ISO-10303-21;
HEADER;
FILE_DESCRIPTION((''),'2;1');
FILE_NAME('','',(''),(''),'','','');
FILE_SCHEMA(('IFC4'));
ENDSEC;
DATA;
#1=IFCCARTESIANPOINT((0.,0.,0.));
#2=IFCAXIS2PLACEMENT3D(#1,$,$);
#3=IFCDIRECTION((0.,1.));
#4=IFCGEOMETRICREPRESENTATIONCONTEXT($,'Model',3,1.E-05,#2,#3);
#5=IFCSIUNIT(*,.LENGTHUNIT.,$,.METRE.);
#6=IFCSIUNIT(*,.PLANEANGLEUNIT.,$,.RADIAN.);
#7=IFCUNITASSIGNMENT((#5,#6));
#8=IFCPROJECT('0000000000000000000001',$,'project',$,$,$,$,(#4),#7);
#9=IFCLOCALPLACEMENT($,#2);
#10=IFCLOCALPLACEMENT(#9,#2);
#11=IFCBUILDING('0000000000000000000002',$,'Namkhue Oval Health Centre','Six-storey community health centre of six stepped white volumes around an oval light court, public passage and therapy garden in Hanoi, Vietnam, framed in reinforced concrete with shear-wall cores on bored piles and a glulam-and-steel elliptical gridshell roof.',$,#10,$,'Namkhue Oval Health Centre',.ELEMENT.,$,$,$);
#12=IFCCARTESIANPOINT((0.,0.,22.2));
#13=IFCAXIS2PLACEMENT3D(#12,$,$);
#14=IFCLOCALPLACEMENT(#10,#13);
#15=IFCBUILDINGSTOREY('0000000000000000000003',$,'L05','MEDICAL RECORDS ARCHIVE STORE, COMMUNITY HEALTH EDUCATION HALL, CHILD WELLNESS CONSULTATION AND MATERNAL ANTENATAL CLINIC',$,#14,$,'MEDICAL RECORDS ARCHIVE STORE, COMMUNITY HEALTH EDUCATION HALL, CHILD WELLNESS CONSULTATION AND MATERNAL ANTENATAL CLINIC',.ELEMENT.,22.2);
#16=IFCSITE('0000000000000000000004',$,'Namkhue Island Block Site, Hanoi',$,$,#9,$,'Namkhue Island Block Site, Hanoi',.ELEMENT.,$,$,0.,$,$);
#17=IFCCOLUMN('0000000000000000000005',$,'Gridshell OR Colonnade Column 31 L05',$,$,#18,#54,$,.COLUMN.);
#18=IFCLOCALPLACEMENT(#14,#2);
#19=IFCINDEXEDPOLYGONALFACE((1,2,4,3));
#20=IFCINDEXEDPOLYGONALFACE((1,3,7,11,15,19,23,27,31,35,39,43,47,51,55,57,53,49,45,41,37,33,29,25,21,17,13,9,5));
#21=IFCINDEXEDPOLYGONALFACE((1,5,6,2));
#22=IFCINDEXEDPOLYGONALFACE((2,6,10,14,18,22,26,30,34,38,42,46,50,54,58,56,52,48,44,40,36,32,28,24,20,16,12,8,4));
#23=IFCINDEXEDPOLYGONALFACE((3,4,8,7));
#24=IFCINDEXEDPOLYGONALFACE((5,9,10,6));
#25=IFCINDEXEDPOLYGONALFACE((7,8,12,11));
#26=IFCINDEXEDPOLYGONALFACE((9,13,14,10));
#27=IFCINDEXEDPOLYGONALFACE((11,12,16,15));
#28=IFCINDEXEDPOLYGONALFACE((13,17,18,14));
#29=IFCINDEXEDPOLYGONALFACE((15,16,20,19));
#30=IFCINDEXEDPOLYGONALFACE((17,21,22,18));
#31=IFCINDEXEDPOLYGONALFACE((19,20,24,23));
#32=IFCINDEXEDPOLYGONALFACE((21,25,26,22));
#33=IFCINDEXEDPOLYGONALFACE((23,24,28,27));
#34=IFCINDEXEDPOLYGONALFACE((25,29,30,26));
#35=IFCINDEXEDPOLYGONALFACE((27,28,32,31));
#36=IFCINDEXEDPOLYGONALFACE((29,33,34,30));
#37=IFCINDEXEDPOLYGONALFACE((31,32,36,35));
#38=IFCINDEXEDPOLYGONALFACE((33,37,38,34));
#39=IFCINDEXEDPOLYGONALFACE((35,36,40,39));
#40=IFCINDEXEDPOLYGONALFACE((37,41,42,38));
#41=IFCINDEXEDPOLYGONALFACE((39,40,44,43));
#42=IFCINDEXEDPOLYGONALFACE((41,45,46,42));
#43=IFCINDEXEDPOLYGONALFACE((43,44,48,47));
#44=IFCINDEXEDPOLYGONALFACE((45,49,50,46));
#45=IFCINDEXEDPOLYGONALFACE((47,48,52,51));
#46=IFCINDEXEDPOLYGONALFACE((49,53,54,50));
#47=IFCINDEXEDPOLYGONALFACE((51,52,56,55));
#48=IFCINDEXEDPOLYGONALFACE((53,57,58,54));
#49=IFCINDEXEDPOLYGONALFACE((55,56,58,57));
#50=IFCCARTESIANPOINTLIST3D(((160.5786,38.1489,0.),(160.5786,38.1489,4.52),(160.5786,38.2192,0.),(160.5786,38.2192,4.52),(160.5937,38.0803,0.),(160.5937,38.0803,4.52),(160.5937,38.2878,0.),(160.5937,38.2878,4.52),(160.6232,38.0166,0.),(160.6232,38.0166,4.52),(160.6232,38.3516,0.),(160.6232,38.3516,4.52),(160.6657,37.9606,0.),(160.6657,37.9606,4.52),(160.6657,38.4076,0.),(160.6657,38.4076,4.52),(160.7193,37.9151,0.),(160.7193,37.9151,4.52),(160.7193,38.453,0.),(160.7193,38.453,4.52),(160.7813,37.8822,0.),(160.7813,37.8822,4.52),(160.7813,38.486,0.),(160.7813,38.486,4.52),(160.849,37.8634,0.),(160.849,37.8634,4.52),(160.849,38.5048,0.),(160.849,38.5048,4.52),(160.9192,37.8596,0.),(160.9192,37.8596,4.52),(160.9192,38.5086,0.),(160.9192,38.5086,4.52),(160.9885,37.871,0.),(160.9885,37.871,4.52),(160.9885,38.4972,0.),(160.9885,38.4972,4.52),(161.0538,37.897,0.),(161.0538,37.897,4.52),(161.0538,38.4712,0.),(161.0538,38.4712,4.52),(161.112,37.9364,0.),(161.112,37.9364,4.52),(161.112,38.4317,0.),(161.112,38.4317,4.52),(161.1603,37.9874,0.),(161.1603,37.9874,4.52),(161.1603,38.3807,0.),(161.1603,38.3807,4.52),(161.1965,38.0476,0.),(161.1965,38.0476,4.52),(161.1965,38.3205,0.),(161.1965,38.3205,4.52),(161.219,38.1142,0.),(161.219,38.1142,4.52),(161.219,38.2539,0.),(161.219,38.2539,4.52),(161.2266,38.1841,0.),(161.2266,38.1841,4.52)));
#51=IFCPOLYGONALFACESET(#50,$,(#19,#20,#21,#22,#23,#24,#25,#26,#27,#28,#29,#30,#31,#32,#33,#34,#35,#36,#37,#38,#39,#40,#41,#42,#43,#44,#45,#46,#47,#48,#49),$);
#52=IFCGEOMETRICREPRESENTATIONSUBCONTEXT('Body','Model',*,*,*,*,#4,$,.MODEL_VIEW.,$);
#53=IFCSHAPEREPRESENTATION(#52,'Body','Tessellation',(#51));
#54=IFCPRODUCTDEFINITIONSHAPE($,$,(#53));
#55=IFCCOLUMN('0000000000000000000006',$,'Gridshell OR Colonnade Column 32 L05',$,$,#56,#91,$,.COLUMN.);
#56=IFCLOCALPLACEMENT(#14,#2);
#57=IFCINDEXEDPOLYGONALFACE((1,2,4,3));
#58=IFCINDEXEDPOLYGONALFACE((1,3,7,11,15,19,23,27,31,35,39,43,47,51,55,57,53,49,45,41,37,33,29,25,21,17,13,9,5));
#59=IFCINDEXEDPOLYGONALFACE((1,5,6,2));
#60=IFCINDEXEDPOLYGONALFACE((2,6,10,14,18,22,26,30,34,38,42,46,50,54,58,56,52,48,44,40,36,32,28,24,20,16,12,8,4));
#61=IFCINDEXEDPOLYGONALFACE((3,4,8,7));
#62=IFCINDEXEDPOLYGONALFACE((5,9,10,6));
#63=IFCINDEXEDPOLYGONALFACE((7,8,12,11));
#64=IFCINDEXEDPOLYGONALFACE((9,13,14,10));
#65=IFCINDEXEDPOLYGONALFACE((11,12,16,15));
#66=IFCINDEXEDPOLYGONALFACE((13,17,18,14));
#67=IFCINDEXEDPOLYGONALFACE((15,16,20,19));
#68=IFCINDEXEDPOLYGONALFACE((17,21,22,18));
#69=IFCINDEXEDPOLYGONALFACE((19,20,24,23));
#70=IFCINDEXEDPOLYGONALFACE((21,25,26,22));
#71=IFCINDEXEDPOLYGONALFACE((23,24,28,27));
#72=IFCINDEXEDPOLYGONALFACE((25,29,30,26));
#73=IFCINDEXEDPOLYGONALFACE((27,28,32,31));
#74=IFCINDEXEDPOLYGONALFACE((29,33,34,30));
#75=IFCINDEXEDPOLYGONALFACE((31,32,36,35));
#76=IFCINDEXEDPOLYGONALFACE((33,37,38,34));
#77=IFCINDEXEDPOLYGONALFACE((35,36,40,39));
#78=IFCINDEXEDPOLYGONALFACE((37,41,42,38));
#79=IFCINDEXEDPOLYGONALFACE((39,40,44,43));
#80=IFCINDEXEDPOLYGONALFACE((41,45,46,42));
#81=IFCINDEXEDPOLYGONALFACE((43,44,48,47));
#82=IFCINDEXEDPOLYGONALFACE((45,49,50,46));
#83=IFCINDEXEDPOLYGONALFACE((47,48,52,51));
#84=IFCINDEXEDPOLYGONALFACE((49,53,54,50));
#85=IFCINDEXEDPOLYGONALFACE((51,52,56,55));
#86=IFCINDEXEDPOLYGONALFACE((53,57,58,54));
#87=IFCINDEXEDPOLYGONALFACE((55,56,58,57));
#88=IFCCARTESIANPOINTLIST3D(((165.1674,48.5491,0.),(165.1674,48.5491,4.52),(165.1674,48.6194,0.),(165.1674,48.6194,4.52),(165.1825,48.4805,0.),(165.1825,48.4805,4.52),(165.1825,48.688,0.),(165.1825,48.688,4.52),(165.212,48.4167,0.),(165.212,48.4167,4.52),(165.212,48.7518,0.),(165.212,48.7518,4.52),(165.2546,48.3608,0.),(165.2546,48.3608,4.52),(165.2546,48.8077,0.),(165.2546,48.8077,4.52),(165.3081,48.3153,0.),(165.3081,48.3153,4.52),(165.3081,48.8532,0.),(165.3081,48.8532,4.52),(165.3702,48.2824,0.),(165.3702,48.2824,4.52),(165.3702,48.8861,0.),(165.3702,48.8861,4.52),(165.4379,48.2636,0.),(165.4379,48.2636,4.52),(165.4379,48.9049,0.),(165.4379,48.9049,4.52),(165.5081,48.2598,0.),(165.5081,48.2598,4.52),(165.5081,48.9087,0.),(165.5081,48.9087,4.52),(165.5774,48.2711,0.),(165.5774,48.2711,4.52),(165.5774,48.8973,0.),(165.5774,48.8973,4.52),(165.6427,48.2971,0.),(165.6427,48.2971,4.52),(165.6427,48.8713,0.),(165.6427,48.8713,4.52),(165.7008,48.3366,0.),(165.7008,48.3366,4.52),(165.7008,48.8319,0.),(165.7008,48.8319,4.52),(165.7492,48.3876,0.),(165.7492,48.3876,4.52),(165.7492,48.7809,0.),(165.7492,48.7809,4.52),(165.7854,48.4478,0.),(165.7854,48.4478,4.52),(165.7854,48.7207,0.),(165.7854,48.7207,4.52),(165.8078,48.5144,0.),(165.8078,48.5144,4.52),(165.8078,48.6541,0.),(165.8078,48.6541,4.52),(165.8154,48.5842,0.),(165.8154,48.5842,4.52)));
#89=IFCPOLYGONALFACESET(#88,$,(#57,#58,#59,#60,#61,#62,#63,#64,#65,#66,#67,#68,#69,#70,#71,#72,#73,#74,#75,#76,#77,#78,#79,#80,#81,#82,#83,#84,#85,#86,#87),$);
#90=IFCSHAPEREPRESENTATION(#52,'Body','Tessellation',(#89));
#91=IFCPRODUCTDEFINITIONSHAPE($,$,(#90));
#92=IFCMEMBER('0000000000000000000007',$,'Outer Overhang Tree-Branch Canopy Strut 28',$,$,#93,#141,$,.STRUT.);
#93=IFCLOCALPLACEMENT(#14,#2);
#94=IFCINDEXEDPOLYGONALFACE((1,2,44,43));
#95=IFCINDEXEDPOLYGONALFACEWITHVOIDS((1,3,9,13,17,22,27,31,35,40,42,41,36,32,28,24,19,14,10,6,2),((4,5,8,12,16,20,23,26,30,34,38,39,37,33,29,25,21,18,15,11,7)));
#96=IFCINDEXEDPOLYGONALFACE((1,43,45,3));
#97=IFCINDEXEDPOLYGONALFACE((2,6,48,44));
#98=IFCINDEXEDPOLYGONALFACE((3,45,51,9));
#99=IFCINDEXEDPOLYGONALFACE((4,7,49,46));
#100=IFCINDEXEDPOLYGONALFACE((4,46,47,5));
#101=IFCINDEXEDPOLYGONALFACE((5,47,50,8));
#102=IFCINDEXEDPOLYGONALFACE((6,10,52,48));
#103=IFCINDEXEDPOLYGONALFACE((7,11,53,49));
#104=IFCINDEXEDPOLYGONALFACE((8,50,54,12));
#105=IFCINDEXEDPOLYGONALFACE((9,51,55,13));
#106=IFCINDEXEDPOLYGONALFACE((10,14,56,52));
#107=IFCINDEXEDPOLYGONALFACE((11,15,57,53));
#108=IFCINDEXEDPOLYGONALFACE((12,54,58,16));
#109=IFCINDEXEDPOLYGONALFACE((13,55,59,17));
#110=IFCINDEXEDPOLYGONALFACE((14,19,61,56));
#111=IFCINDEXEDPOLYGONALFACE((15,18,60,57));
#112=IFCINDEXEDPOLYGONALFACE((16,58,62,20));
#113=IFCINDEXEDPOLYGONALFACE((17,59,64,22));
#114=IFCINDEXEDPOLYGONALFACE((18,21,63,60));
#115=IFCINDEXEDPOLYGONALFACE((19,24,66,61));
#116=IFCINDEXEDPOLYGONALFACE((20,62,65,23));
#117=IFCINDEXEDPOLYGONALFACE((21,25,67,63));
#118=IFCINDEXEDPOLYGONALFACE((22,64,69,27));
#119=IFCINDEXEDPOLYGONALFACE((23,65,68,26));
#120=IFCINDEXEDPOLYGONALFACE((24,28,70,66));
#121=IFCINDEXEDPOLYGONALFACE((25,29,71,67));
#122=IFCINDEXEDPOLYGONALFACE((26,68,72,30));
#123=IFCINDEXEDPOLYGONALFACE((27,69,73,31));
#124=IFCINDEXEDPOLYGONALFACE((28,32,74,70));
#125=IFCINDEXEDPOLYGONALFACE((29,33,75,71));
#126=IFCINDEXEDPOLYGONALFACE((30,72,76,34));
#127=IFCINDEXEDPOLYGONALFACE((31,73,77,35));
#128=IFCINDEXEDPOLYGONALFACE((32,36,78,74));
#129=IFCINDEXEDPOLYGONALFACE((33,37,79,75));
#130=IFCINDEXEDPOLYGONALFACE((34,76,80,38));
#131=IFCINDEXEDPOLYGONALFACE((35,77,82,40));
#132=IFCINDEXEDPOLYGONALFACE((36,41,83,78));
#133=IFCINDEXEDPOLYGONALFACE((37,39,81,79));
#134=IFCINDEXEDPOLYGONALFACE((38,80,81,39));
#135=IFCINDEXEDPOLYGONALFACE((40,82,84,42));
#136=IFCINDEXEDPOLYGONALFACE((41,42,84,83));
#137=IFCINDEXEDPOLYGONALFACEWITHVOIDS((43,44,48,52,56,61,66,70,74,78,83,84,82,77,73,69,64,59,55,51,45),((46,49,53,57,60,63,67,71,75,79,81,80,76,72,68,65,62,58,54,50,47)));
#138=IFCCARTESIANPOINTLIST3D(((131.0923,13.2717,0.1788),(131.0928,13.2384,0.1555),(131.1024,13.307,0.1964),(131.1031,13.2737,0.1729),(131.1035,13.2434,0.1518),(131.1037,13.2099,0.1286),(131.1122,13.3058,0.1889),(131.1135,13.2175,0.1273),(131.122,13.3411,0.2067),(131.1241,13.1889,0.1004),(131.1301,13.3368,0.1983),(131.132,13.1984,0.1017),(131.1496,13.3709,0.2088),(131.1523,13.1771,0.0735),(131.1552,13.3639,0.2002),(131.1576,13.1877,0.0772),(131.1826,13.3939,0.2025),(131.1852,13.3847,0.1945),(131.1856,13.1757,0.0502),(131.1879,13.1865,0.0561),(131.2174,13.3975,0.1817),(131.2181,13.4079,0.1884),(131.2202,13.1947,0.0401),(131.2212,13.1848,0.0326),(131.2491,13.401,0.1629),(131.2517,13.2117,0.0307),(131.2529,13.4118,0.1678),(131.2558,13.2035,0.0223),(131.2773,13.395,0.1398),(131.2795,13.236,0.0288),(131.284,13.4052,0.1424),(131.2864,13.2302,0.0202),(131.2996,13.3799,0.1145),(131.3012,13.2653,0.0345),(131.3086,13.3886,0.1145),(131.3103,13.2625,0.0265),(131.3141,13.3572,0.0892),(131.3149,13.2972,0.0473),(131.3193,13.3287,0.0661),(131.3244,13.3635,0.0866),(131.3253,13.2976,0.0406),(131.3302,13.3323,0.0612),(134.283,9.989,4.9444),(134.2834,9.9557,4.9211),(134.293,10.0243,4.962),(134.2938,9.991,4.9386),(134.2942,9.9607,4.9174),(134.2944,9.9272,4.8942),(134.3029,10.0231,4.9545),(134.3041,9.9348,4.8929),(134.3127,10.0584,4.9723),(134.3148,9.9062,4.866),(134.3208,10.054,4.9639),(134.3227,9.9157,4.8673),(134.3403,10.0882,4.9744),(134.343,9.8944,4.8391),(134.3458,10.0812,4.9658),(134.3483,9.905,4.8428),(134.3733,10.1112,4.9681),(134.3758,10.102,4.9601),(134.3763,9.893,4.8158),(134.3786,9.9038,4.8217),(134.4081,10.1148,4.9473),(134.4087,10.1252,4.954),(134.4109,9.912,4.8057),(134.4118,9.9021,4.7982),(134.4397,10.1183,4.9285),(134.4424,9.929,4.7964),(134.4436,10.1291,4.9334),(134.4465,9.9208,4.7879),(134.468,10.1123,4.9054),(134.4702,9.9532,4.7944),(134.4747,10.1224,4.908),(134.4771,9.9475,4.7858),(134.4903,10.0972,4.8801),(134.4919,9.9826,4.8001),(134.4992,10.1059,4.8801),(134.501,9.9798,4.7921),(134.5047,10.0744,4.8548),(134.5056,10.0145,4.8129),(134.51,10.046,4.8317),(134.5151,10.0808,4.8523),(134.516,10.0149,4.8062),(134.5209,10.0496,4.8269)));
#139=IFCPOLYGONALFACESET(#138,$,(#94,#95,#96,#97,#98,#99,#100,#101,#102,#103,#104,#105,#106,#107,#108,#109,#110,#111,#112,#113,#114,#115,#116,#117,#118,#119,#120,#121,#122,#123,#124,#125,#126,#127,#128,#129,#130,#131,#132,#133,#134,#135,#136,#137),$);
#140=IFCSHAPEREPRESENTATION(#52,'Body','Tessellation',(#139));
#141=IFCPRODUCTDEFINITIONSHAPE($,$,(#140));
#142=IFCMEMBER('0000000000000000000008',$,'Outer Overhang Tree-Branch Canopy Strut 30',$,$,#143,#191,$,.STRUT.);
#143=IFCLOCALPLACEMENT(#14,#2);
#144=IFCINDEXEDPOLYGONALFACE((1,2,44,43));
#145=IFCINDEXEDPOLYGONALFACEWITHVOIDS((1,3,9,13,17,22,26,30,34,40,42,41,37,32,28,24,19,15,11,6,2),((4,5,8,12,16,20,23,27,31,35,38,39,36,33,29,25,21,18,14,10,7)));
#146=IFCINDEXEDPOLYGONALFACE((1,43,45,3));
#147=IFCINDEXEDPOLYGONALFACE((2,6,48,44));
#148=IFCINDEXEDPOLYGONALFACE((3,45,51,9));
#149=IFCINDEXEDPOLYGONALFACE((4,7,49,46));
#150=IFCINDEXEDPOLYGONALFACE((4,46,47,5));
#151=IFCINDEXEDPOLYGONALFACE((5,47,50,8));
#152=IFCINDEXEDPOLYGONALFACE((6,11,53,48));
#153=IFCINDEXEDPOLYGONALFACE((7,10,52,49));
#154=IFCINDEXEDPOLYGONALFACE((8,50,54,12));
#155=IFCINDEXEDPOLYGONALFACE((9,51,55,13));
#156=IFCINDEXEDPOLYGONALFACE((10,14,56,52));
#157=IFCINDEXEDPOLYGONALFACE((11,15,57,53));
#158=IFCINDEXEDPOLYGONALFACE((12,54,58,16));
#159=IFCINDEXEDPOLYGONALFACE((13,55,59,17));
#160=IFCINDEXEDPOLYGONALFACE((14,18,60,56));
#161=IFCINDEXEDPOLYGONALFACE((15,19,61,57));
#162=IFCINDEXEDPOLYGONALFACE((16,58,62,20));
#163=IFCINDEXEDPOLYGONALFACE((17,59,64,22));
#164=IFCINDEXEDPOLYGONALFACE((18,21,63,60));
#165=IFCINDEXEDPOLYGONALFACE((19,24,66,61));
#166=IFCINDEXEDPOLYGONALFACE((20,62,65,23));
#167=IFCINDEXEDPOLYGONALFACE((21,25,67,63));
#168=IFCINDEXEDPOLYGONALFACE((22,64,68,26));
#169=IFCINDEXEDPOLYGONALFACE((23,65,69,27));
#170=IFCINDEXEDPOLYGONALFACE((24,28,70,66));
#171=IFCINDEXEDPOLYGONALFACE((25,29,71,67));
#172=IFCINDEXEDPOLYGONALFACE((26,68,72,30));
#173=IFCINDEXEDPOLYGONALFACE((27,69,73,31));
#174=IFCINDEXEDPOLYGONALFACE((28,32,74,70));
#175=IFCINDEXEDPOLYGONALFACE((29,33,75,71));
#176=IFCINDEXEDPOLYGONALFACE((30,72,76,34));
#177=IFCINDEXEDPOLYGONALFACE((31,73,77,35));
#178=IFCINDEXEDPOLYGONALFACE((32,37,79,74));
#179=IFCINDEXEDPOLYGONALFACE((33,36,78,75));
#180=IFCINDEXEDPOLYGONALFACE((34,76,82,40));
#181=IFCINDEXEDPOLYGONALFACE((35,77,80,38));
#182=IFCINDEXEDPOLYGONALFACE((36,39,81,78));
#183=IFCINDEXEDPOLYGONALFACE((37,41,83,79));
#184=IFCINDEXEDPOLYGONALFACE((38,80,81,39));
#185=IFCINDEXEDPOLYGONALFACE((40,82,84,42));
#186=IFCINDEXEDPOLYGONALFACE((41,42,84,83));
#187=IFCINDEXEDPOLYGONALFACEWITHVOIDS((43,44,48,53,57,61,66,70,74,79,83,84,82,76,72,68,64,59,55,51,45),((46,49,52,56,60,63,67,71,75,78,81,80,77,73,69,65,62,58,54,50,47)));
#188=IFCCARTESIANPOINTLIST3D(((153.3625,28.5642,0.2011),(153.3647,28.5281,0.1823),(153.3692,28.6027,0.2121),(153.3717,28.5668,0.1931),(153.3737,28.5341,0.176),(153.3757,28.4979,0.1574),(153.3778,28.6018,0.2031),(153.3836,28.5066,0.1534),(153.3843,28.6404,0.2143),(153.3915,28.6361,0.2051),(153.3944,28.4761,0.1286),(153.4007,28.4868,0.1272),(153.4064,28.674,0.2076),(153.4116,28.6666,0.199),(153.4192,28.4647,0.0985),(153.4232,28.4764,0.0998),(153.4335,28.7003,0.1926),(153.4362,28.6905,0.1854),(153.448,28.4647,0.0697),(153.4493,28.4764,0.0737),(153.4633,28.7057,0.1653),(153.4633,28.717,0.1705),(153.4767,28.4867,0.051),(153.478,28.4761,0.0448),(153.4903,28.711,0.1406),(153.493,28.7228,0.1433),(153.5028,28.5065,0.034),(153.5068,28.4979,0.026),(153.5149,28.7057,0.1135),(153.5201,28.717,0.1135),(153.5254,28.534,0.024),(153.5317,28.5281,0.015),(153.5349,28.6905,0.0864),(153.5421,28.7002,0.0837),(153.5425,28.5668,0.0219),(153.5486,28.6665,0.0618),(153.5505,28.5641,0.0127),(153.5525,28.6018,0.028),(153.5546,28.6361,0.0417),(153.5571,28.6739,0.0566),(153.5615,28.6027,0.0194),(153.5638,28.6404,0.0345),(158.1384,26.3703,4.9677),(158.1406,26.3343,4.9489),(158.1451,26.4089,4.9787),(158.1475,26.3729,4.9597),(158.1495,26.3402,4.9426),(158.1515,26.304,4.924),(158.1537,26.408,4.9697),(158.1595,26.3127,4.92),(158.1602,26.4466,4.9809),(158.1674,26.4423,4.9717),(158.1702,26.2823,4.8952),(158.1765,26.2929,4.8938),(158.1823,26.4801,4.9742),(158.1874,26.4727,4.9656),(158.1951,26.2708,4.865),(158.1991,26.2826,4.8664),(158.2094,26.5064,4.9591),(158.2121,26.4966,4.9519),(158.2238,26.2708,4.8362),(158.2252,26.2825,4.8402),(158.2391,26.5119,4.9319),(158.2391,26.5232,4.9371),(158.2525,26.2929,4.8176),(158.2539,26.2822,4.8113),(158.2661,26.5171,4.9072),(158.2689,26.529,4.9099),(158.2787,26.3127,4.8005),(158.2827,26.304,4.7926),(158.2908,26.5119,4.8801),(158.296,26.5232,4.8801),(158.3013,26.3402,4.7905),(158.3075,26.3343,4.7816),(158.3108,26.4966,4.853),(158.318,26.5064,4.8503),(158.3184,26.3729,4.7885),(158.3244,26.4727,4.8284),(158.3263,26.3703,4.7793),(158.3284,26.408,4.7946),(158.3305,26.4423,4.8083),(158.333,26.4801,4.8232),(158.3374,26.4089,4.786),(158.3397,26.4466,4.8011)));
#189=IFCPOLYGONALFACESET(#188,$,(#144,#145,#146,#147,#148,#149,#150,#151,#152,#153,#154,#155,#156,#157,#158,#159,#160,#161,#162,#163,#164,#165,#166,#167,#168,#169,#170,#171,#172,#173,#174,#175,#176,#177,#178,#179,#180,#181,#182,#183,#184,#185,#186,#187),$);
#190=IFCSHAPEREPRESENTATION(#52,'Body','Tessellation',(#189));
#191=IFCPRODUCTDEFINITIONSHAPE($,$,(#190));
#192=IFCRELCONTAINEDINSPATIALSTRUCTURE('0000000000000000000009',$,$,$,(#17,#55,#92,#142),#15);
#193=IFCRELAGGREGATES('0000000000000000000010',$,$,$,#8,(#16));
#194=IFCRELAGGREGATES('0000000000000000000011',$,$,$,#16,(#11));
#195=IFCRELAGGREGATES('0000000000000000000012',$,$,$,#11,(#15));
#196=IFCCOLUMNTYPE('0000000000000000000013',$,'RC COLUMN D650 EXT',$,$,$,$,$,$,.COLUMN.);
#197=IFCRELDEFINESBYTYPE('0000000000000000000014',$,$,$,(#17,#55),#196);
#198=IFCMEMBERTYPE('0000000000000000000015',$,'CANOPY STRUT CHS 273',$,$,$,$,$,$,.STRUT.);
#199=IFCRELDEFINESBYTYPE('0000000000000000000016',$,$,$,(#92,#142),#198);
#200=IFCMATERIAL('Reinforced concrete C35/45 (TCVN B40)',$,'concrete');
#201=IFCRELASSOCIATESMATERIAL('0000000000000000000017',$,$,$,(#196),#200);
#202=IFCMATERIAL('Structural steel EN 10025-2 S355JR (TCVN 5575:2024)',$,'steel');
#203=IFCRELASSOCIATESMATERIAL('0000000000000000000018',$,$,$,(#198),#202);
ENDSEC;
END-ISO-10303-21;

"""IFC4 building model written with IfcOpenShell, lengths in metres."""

from ifc_helpers import new_model, si_unit, direction, frame, origin, origin_2d, place, context, subcontext, project, spatial, circle, hollow_circle, extrude, material, material_profile, profile_set, type_object, element, save


model = new_model("IFC4")

# Units and contexts
model_context = context("Model", 3, precision=1e-05, world=origin(), true_north=direction((0.0, 1.0)))
body_context = subcontext(model_context, "Body", "Model", "MODEL_VIEW")
ifc_project = project(units=[si_unit("LENGTHUNIT", "METRE"), si_unit("PLANEANGLEUNIT", "RADIAN")], contexts=[model_context])

# Site, building, storey
site_placement = place(None, origin())
site = spatial("IfcSite", under=ifc_project, at=site_placement, Name="Namkhue Island Block Site, Hanoi", LongName="Namkhue Island Block Site, Hanoi", CompositionType="ELEMENT", RefElevation=0.0)
building_placement = place(site_placement, origin())
building = spatial("IfcBuilding", under=site, at=building_placement, Name="Namkhue Oval Health Centre", Description="Six-storey community health centre of six stepped white volumes around an oval light court, public passage and therapy garden in Hanoi, Vietnam, framed in reinforced concrete with shear-wall cores on bored piles and a glulam-and-steel elliptical gridshell roof.", LongName="Namkhue Oval Health Centre", CompositionType="ELEMENT")
storey_placement = place(building_placement, frame((0.0, 0.0, 22.2)))
storey = spatial("IfcBuildingStorey", under=building, at=storey_placement, Name="L05", Description="MEDICAL RECORDS ARCHIVE STORE, COMMUNITY HEALTH EDUCATION HALL, CHILD WELLNESS CONSULTATION AND MATERNAL ANTENATAL CLINIC", LongName="MEDICAL RECORDS ARCHIVE STORE, COMMUNITY HEALTH EDUCATION HALL, CHILD WELLNESS CONSULTATION AND MATERNAL ANTENATAL CLINIC", CompositionType="ELEMENT", Elevation=22.2)

# Columns
ifc_material_1 = material(Name="Reinforced concrete C35/45 (TCVN B40)", Category="concrete")
ifc_material_profile_1 = material_profile(ifc_material_1, circle(Radius=0.325, at=origin_2d()), Name="RC D650")
ifc_profile_set_1 = profile_set([ifc_material_profile_1], Name="Reinforced concrete C35/45 (TCVN B40)")
column_type_1 = type_object("IfcColumnType", Name="RC COLUMN D650 EXT", PredefinedType="COLUMN", material=ifc_profile_set_1)
for number, where, z_axis, x_axis, name in (
    (1, (160.9016, 38.1841, 0.0), (0.0, 0.0, 1.0), (1.0, 0.0, 0.0), "Gridshell OR Colonnade Column 31 L05"),
    (2, (165.4905, 48.5842, 0.0), (0.0, 0.0, 1.0), (1.0, 0.0, 0.0), "Gridshell OR Colonnade Column 32 L05"),
):
    element("IfcColumn", number, at=place(storey_placement, frame(where, z_axis=z_axis, x_axis=x_axis)), inside=storey, type_object=column_type_1, Name=name, PredefinedType="COLUMN", context=body_context, shape_type="SweptSolid", body=[
        extrude(circle(Radius=0.325, at=origin_2d()), origin(), (0.0, 0.0, 1.0), 4.52),
    ])

# Members
ifc_material_2 = material(Name="Structural steel EN 10025-2 S355JR (TCVN 5575:2024)", Category="steel")
ifc_material_profile_2 = material_profile(ifc_material_2, hollow_circle(Radius=0.1365, WallThickness=0.0125, at=origin_2d()), Name="CHS 273x12.5")
ifc_profile_set_2 = profile_set([ifc_material_profile_2], Name="Structural steel EN 10025-2 S355JR (TCVN 5575:2024)")
member_type_1 = type_object("IfcMemberType", Name="CANOPY STRUT CHS 273", PredefinedType="STRUT", material=ifc_profile_set_2)
member_1_placement = place(storey_placement, frame((131.2107, 13.2935, 0.1145), z_axis=(0.482838, -0.496767, 0.721173), x_axis=(0.717088, 0.696982, 0.0)))
element("IfcMember", 3, at=member_1_placement, inside=storey, type_object=member_type_1, Name="Outer Overhang Tree-Branch Canopy Strut 28", PredefinedType="STRUT", context=body_context, shape_type="SweptSolid", body=[
    extrude(hollow_circle(Radius=0.1365, WallThickness=0.0125, at=origin_2d()), origin(), (0.0, 0.0, 1.0), 6.6082),
])
member_2_placement = place(storey_placement, frame((153.4631, 28.593, 0.1135), z_axis=(0.67311, -0.3092, 0.671802), x_axis=(0.417426, 0.908711, 0.0)))
element("IfcMember", 4, at=member_2_placement, inside=storey, type_object=member_type_1, Name="Outer Overhang Tree-Branch Canopy Strut 30", PredefinedType="STRUT", context=body_context, shape_type="SweptSolid", body=[
    extrude(hollow_circle(Radius=0.1365, WallThickness=0.0125, at=origin_2d()), origin(), (0.0, 0.0, 1.0), 7.0952),
])

save(model, "model.ifc")
